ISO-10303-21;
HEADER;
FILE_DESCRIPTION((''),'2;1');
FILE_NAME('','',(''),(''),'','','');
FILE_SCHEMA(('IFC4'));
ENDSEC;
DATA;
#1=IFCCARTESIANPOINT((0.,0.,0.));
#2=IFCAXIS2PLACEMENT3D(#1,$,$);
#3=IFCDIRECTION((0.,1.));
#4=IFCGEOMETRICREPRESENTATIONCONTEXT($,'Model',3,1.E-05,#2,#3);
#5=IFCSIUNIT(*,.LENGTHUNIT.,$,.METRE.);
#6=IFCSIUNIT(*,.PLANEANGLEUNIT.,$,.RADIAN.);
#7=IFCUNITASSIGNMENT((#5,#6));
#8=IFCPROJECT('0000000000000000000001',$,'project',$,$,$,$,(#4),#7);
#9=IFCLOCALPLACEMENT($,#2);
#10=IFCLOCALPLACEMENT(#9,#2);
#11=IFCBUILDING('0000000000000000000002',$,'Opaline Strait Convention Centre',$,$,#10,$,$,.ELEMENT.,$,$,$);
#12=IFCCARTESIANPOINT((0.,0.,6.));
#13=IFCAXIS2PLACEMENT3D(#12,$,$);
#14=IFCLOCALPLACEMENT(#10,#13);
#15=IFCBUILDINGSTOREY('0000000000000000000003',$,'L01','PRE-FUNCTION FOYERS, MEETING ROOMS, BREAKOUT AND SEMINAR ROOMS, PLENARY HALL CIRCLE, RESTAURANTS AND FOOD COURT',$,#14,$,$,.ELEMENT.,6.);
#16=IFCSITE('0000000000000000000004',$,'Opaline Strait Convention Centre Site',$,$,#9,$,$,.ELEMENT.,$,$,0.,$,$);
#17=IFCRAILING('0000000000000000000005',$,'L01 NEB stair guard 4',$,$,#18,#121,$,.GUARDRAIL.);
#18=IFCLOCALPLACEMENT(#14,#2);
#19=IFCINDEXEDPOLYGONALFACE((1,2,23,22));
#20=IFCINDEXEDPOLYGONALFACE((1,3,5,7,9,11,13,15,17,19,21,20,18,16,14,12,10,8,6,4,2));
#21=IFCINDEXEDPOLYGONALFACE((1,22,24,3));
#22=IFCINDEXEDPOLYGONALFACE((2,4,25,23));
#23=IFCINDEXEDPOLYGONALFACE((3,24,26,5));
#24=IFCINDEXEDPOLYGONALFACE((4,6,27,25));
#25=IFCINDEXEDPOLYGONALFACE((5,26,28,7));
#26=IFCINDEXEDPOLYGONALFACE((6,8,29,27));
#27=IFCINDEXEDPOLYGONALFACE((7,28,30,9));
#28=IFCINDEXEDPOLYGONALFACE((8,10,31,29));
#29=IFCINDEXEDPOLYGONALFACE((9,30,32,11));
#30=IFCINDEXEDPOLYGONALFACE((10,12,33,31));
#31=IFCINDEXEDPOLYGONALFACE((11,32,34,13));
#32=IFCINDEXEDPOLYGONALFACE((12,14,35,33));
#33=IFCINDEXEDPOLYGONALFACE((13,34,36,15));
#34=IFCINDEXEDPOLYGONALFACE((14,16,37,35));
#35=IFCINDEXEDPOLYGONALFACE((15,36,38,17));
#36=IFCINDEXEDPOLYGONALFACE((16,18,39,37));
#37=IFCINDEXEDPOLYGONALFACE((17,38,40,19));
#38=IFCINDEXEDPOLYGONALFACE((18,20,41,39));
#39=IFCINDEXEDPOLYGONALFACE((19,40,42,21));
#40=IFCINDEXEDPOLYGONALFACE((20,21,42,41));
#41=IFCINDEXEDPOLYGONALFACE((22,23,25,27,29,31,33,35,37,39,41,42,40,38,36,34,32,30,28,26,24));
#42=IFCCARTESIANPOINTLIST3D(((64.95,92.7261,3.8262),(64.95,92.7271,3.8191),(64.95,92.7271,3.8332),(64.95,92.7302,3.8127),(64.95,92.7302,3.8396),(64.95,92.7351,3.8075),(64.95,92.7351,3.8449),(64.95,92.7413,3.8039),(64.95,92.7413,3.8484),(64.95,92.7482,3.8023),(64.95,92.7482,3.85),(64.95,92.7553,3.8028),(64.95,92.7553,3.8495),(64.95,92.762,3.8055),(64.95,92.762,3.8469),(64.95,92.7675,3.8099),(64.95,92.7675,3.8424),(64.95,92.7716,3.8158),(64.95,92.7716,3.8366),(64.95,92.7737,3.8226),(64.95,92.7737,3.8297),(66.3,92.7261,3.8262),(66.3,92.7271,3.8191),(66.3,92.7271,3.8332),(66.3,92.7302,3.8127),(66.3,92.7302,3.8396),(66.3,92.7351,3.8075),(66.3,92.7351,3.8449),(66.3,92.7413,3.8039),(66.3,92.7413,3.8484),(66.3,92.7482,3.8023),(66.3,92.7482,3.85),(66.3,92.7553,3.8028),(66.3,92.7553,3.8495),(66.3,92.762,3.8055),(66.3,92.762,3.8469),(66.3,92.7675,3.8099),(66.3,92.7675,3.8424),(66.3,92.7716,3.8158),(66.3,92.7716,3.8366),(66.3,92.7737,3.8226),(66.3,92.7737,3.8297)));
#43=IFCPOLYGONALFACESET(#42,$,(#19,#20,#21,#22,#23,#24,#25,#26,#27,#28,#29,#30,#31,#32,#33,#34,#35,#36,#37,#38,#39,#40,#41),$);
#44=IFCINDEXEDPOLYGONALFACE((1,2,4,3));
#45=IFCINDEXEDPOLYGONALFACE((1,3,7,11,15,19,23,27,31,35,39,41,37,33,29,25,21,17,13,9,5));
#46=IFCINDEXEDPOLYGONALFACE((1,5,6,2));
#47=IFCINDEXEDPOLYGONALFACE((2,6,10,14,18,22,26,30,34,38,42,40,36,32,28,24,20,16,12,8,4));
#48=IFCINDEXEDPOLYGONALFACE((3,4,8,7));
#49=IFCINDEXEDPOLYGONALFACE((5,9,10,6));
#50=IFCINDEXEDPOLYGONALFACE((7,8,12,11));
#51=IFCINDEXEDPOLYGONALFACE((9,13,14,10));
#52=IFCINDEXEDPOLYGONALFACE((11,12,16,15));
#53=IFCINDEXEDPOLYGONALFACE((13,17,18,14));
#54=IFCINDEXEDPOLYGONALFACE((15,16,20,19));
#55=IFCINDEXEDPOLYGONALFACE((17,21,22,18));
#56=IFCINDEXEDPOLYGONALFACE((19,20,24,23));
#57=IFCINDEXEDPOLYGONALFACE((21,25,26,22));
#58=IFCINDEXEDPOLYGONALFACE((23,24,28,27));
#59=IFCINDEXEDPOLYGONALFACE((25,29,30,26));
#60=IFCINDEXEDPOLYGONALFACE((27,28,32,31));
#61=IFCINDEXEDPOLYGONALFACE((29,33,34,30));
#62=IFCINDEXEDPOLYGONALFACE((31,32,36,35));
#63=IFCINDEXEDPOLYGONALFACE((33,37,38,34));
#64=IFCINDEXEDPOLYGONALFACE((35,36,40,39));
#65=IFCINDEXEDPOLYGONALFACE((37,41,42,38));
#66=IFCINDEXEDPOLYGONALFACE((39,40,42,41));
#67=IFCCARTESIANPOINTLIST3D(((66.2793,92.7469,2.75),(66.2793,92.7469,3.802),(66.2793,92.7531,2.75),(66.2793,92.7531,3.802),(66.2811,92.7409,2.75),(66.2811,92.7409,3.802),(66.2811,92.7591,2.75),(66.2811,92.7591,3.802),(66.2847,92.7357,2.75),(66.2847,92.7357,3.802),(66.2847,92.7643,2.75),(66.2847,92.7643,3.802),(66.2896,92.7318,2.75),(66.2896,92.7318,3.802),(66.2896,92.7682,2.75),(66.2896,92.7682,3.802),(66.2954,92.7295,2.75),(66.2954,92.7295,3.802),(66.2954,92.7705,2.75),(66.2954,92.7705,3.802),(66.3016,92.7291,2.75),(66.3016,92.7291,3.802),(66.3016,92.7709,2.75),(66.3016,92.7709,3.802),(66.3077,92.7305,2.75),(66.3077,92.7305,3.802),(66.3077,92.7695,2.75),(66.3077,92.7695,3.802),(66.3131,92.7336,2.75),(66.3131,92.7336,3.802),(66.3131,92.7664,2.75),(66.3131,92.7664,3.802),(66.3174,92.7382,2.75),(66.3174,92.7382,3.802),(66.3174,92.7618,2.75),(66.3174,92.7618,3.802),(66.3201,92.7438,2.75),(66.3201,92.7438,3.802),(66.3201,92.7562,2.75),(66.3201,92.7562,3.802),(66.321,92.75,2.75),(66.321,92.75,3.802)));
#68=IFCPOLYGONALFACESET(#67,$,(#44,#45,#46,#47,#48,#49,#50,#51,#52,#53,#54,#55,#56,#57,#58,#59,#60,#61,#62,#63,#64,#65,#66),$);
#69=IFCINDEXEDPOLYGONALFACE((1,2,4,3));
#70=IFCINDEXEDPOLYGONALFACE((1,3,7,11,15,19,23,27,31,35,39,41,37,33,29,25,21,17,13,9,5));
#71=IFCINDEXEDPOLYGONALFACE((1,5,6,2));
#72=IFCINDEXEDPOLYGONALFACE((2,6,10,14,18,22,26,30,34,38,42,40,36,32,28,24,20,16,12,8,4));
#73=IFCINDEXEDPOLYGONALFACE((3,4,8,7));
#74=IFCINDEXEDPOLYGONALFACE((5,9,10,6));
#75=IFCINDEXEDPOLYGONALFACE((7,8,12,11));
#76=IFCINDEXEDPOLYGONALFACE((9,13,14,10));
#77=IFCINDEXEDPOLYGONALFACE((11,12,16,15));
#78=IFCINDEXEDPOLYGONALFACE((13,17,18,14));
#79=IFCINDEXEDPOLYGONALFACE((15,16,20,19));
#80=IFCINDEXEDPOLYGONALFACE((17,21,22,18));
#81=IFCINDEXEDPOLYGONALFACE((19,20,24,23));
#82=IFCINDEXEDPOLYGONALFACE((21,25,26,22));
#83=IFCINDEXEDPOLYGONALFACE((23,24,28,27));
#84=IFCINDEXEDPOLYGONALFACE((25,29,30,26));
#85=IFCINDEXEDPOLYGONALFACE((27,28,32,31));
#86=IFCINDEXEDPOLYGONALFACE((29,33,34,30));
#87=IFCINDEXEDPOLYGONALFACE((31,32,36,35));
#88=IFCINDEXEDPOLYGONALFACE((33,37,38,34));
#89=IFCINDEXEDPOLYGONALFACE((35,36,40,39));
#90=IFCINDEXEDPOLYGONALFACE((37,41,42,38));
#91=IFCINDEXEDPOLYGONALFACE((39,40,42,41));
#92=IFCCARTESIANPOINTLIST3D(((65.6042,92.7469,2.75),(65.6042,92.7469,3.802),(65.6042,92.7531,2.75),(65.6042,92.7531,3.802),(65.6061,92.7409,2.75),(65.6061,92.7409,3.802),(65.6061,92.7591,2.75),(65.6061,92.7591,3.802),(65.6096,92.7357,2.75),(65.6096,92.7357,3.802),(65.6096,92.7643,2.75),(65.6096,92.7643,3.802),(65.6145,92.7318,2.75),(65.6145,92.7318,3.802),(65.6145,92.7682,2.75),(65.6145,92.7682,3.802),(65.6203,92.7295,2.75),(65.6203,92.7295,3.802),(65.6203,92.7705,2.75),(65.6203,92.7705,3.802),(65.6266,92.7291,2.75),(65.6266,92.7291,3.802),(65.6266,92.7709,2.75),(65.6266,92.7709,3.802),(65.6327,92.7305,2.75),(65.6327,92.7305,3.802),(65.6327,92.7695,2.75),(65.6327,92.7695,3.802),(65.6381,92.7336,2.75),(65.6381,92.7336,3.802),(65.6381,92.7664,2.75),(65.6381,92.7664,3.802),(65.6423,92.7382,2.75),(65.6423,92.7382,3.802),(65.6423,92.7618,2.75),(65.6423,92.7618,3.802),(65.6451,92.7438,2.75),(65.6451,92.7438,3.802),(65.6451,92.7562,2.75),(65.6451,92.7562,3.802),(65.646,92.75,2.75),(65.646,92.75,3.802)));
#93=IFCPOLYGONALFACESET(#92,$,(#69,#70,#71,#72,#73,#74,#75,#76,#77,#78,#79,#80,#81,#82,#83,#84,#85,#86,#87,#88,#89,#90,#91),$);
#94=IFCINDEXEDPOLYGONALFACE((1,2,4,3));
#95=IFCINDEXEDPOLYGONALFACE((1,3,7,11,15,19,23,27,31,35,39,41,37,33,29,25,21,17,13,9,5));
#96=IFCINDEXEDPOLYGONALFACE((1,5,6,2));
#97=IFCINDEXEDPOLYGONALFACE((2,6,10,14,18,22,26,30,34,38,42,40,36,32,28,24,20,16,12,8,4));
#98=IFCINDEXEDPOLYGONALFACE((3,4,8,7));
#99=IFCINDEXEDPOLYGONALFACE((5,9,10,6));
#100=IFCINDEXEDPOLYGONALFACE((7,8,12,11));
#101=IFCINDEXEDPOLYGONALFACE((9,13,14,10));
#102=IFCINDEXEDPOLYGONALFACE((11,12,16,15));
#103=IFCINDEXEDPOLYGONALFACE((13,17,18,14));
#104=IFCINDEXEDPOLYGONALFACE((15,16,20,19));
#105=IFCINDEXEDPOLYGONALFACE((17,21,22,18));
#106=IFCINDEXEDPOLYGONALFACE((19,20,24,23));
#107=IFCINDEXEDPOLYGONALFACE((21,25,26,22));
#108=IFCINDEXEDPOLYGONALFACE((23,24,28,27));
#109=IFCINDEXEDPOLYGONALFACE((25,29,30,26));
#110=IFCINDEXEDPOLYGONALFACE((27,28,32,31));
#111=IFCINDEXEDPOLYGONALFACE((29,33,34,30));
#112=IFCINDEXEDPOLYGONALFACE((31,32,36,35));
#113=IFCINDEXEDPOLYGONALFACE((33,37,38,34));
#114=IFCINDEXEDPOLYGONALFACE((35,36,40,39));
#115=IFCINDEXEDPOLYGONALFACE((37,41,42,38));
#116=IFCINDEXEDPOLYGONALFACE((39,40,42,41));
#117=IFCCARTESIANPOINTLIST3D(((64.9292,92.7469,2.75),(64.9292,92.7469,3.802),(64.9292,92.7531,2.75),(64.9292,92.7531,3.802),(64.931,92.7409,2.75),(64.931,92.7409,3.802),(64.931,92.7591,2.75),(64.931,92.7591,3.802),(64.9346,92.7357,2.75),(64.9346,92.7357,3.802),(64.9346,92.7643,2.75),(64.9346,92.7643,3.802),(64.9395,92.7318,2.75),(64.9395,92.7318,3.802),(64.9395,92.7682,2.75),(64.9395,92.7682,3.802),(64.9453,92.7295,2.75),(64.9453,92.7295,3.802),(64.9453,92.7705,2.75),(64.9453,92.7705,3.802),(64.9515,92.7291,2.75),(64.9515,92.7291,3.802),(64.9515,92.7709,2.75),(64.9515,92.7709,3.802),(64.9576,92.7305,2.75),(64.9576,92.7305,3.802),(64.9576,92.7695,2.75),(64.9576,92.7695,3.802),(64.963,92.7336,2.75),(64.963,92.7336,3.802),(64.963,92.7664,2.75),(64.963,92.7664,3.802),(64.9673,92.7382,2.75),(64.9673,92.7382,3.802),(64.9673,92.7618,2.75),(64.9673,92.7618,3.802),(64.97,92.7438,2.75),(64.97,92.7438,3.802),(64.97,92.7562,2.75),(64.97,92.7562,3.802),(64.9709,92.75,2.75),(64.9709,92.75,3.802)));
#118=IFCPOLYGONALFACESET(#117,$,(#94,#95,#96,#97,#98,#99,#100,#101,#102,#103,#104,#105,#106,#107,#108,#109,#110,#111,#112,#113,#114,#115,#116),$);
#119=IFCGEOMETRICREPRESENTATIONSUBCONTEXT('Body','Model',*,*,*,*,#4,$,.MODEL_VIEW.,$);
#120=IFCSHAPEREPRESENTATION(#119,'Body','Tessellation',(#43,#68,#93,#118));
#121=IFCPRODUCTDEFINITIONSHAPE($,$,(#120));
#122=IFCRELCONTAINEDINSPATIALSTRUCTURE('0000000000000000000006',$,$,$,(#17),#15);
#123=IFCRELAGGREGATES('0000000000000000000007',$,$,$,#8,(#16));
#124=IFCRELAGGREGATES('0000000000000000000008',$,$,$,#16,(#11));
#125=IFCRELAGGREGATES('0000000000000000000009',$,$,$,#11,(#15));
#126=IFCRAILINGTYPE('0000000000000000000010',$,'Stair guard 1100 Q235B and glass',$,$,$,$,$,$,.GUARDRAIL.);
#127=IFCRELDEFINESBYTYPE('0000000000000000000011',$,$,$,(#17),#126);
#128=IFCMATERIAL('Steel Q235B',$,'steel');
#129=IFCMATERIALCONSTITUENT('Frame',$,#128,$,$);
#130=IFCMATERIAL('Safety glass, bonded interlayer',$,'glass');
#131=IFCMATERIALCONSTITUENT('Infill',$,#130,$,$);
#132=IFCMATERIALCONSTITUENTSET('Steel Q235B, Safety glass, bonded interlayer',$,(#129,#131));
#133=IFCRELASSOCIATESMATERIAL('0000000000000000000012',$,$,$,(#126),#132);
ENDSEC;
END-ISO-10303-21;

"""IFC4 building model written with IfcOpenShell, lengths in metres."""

from ifc_helpers import new_model, si_unit, direction, frame, origin, origin_2d, place, context, subcontext, project, spatial, circle, extrude, material, constituent, constituent_set, type_object, element, save


model = new_model("IFC4")

# Units and contexts
model_context = context("Model", 3, precision=1e-05, world=origin(), true_north=direction((0.0, 1.0)))
body_context = subcontext(model_context, "Body", "Model", "MODEL_VIEW")
ifc_project = project(units=[si_unit("LENGTHUNIT", "METRE"), si_unit("PLANEANGLEUNIT", "RADIAN")], contexts=[model_context])

# Site, building, storey
site_placement = place(None, origin())
site = spatial("IfcSite", under=ifc_project, at=site_placement, Name="Opaline Strait Convention Centre Site", CompositionType="ELEMENT", RefElevation=0.0)
building_placement = place(site_placement, origin())
building = spatial("IfcBuilding", under=site, at=building_placement, Name="Opaline Strait Convention Centre", CompositionType="ELEMENT")
storey_placement = place(building_placement, frame((0.0, 0.0, 6.0)))
storey = spatial("IfcBuildingStorey", under=building, at=storey_placement, Name="L01", Description="PRE-FUNCTION FOYERS, MEETING ROOMS, BREAKOUT AND SEMINAR ROOMS, PLENARY HALL CIRCLE, RESTAURANTS AND FOOD COURT", CompositionType="ELEMENT", Elevation=6.0)

# Railing
ifc_material_1 = material(Name="Steel Q235B", Category="steel")
ifc_constituent_1 = constituent(ifc_material_1, Name="Frame")
ifc_material_2 = material(Name="Safety glass, bonded interlayer", Category="glass")
ifc_constituent_2 = constituent(ifc_material_2, Name="Infill")
ifc_constituent_set = constituent_set(constituents=[ifc_constituent_1, ifc_constituent_2], Name="Steel Q235B, Safety glass, bonded interlayer")
railing_type_1 = type_object("IfcRailingType", Name="Stair guard 1100 Q235B and glass", PredefinedType="GUARDRAIL", material=ifc_constituent_set)
railing_1_placement = place(storey_placement, frame((66.3, 92.75, 2.75)))
element("IfcRailing", 1, at=railing_1_placement, inside=storey, type_object=railing_type_1, Name="L01 NEB stair guard 4", PredefinedType="GUARDRAIL", context=body_context, shape_type="SweptSolid", body=[
    extrude(circle(Radius=0.0239, at=origin_2d()), frame((0.0, 0.0, 1.0762), z_axis=(-1.0, 0.0, 0.0), x_axis=(0.0, -1.0, 0.0)), (0.0, 0.0, 1.0), 1.3501),
    extrude(circle(Radius=0.021, at=origin_2d()), origin(), (0.0, 0.0, 1.0), 1.052),
    extrude(circle(Radius=0.021, at=origin_2d()), frame((-0.675, 0.0, 0.0)), (0.0, 0.0, 1.0), 1.052),
    extrude(circle(Radius=0.021, at=origin_2d()), frame((-1.3501, 0.0, 0.0)), (0.0, 0.0, 1.0), 1.052),
])

save(model, "model.ifc")
